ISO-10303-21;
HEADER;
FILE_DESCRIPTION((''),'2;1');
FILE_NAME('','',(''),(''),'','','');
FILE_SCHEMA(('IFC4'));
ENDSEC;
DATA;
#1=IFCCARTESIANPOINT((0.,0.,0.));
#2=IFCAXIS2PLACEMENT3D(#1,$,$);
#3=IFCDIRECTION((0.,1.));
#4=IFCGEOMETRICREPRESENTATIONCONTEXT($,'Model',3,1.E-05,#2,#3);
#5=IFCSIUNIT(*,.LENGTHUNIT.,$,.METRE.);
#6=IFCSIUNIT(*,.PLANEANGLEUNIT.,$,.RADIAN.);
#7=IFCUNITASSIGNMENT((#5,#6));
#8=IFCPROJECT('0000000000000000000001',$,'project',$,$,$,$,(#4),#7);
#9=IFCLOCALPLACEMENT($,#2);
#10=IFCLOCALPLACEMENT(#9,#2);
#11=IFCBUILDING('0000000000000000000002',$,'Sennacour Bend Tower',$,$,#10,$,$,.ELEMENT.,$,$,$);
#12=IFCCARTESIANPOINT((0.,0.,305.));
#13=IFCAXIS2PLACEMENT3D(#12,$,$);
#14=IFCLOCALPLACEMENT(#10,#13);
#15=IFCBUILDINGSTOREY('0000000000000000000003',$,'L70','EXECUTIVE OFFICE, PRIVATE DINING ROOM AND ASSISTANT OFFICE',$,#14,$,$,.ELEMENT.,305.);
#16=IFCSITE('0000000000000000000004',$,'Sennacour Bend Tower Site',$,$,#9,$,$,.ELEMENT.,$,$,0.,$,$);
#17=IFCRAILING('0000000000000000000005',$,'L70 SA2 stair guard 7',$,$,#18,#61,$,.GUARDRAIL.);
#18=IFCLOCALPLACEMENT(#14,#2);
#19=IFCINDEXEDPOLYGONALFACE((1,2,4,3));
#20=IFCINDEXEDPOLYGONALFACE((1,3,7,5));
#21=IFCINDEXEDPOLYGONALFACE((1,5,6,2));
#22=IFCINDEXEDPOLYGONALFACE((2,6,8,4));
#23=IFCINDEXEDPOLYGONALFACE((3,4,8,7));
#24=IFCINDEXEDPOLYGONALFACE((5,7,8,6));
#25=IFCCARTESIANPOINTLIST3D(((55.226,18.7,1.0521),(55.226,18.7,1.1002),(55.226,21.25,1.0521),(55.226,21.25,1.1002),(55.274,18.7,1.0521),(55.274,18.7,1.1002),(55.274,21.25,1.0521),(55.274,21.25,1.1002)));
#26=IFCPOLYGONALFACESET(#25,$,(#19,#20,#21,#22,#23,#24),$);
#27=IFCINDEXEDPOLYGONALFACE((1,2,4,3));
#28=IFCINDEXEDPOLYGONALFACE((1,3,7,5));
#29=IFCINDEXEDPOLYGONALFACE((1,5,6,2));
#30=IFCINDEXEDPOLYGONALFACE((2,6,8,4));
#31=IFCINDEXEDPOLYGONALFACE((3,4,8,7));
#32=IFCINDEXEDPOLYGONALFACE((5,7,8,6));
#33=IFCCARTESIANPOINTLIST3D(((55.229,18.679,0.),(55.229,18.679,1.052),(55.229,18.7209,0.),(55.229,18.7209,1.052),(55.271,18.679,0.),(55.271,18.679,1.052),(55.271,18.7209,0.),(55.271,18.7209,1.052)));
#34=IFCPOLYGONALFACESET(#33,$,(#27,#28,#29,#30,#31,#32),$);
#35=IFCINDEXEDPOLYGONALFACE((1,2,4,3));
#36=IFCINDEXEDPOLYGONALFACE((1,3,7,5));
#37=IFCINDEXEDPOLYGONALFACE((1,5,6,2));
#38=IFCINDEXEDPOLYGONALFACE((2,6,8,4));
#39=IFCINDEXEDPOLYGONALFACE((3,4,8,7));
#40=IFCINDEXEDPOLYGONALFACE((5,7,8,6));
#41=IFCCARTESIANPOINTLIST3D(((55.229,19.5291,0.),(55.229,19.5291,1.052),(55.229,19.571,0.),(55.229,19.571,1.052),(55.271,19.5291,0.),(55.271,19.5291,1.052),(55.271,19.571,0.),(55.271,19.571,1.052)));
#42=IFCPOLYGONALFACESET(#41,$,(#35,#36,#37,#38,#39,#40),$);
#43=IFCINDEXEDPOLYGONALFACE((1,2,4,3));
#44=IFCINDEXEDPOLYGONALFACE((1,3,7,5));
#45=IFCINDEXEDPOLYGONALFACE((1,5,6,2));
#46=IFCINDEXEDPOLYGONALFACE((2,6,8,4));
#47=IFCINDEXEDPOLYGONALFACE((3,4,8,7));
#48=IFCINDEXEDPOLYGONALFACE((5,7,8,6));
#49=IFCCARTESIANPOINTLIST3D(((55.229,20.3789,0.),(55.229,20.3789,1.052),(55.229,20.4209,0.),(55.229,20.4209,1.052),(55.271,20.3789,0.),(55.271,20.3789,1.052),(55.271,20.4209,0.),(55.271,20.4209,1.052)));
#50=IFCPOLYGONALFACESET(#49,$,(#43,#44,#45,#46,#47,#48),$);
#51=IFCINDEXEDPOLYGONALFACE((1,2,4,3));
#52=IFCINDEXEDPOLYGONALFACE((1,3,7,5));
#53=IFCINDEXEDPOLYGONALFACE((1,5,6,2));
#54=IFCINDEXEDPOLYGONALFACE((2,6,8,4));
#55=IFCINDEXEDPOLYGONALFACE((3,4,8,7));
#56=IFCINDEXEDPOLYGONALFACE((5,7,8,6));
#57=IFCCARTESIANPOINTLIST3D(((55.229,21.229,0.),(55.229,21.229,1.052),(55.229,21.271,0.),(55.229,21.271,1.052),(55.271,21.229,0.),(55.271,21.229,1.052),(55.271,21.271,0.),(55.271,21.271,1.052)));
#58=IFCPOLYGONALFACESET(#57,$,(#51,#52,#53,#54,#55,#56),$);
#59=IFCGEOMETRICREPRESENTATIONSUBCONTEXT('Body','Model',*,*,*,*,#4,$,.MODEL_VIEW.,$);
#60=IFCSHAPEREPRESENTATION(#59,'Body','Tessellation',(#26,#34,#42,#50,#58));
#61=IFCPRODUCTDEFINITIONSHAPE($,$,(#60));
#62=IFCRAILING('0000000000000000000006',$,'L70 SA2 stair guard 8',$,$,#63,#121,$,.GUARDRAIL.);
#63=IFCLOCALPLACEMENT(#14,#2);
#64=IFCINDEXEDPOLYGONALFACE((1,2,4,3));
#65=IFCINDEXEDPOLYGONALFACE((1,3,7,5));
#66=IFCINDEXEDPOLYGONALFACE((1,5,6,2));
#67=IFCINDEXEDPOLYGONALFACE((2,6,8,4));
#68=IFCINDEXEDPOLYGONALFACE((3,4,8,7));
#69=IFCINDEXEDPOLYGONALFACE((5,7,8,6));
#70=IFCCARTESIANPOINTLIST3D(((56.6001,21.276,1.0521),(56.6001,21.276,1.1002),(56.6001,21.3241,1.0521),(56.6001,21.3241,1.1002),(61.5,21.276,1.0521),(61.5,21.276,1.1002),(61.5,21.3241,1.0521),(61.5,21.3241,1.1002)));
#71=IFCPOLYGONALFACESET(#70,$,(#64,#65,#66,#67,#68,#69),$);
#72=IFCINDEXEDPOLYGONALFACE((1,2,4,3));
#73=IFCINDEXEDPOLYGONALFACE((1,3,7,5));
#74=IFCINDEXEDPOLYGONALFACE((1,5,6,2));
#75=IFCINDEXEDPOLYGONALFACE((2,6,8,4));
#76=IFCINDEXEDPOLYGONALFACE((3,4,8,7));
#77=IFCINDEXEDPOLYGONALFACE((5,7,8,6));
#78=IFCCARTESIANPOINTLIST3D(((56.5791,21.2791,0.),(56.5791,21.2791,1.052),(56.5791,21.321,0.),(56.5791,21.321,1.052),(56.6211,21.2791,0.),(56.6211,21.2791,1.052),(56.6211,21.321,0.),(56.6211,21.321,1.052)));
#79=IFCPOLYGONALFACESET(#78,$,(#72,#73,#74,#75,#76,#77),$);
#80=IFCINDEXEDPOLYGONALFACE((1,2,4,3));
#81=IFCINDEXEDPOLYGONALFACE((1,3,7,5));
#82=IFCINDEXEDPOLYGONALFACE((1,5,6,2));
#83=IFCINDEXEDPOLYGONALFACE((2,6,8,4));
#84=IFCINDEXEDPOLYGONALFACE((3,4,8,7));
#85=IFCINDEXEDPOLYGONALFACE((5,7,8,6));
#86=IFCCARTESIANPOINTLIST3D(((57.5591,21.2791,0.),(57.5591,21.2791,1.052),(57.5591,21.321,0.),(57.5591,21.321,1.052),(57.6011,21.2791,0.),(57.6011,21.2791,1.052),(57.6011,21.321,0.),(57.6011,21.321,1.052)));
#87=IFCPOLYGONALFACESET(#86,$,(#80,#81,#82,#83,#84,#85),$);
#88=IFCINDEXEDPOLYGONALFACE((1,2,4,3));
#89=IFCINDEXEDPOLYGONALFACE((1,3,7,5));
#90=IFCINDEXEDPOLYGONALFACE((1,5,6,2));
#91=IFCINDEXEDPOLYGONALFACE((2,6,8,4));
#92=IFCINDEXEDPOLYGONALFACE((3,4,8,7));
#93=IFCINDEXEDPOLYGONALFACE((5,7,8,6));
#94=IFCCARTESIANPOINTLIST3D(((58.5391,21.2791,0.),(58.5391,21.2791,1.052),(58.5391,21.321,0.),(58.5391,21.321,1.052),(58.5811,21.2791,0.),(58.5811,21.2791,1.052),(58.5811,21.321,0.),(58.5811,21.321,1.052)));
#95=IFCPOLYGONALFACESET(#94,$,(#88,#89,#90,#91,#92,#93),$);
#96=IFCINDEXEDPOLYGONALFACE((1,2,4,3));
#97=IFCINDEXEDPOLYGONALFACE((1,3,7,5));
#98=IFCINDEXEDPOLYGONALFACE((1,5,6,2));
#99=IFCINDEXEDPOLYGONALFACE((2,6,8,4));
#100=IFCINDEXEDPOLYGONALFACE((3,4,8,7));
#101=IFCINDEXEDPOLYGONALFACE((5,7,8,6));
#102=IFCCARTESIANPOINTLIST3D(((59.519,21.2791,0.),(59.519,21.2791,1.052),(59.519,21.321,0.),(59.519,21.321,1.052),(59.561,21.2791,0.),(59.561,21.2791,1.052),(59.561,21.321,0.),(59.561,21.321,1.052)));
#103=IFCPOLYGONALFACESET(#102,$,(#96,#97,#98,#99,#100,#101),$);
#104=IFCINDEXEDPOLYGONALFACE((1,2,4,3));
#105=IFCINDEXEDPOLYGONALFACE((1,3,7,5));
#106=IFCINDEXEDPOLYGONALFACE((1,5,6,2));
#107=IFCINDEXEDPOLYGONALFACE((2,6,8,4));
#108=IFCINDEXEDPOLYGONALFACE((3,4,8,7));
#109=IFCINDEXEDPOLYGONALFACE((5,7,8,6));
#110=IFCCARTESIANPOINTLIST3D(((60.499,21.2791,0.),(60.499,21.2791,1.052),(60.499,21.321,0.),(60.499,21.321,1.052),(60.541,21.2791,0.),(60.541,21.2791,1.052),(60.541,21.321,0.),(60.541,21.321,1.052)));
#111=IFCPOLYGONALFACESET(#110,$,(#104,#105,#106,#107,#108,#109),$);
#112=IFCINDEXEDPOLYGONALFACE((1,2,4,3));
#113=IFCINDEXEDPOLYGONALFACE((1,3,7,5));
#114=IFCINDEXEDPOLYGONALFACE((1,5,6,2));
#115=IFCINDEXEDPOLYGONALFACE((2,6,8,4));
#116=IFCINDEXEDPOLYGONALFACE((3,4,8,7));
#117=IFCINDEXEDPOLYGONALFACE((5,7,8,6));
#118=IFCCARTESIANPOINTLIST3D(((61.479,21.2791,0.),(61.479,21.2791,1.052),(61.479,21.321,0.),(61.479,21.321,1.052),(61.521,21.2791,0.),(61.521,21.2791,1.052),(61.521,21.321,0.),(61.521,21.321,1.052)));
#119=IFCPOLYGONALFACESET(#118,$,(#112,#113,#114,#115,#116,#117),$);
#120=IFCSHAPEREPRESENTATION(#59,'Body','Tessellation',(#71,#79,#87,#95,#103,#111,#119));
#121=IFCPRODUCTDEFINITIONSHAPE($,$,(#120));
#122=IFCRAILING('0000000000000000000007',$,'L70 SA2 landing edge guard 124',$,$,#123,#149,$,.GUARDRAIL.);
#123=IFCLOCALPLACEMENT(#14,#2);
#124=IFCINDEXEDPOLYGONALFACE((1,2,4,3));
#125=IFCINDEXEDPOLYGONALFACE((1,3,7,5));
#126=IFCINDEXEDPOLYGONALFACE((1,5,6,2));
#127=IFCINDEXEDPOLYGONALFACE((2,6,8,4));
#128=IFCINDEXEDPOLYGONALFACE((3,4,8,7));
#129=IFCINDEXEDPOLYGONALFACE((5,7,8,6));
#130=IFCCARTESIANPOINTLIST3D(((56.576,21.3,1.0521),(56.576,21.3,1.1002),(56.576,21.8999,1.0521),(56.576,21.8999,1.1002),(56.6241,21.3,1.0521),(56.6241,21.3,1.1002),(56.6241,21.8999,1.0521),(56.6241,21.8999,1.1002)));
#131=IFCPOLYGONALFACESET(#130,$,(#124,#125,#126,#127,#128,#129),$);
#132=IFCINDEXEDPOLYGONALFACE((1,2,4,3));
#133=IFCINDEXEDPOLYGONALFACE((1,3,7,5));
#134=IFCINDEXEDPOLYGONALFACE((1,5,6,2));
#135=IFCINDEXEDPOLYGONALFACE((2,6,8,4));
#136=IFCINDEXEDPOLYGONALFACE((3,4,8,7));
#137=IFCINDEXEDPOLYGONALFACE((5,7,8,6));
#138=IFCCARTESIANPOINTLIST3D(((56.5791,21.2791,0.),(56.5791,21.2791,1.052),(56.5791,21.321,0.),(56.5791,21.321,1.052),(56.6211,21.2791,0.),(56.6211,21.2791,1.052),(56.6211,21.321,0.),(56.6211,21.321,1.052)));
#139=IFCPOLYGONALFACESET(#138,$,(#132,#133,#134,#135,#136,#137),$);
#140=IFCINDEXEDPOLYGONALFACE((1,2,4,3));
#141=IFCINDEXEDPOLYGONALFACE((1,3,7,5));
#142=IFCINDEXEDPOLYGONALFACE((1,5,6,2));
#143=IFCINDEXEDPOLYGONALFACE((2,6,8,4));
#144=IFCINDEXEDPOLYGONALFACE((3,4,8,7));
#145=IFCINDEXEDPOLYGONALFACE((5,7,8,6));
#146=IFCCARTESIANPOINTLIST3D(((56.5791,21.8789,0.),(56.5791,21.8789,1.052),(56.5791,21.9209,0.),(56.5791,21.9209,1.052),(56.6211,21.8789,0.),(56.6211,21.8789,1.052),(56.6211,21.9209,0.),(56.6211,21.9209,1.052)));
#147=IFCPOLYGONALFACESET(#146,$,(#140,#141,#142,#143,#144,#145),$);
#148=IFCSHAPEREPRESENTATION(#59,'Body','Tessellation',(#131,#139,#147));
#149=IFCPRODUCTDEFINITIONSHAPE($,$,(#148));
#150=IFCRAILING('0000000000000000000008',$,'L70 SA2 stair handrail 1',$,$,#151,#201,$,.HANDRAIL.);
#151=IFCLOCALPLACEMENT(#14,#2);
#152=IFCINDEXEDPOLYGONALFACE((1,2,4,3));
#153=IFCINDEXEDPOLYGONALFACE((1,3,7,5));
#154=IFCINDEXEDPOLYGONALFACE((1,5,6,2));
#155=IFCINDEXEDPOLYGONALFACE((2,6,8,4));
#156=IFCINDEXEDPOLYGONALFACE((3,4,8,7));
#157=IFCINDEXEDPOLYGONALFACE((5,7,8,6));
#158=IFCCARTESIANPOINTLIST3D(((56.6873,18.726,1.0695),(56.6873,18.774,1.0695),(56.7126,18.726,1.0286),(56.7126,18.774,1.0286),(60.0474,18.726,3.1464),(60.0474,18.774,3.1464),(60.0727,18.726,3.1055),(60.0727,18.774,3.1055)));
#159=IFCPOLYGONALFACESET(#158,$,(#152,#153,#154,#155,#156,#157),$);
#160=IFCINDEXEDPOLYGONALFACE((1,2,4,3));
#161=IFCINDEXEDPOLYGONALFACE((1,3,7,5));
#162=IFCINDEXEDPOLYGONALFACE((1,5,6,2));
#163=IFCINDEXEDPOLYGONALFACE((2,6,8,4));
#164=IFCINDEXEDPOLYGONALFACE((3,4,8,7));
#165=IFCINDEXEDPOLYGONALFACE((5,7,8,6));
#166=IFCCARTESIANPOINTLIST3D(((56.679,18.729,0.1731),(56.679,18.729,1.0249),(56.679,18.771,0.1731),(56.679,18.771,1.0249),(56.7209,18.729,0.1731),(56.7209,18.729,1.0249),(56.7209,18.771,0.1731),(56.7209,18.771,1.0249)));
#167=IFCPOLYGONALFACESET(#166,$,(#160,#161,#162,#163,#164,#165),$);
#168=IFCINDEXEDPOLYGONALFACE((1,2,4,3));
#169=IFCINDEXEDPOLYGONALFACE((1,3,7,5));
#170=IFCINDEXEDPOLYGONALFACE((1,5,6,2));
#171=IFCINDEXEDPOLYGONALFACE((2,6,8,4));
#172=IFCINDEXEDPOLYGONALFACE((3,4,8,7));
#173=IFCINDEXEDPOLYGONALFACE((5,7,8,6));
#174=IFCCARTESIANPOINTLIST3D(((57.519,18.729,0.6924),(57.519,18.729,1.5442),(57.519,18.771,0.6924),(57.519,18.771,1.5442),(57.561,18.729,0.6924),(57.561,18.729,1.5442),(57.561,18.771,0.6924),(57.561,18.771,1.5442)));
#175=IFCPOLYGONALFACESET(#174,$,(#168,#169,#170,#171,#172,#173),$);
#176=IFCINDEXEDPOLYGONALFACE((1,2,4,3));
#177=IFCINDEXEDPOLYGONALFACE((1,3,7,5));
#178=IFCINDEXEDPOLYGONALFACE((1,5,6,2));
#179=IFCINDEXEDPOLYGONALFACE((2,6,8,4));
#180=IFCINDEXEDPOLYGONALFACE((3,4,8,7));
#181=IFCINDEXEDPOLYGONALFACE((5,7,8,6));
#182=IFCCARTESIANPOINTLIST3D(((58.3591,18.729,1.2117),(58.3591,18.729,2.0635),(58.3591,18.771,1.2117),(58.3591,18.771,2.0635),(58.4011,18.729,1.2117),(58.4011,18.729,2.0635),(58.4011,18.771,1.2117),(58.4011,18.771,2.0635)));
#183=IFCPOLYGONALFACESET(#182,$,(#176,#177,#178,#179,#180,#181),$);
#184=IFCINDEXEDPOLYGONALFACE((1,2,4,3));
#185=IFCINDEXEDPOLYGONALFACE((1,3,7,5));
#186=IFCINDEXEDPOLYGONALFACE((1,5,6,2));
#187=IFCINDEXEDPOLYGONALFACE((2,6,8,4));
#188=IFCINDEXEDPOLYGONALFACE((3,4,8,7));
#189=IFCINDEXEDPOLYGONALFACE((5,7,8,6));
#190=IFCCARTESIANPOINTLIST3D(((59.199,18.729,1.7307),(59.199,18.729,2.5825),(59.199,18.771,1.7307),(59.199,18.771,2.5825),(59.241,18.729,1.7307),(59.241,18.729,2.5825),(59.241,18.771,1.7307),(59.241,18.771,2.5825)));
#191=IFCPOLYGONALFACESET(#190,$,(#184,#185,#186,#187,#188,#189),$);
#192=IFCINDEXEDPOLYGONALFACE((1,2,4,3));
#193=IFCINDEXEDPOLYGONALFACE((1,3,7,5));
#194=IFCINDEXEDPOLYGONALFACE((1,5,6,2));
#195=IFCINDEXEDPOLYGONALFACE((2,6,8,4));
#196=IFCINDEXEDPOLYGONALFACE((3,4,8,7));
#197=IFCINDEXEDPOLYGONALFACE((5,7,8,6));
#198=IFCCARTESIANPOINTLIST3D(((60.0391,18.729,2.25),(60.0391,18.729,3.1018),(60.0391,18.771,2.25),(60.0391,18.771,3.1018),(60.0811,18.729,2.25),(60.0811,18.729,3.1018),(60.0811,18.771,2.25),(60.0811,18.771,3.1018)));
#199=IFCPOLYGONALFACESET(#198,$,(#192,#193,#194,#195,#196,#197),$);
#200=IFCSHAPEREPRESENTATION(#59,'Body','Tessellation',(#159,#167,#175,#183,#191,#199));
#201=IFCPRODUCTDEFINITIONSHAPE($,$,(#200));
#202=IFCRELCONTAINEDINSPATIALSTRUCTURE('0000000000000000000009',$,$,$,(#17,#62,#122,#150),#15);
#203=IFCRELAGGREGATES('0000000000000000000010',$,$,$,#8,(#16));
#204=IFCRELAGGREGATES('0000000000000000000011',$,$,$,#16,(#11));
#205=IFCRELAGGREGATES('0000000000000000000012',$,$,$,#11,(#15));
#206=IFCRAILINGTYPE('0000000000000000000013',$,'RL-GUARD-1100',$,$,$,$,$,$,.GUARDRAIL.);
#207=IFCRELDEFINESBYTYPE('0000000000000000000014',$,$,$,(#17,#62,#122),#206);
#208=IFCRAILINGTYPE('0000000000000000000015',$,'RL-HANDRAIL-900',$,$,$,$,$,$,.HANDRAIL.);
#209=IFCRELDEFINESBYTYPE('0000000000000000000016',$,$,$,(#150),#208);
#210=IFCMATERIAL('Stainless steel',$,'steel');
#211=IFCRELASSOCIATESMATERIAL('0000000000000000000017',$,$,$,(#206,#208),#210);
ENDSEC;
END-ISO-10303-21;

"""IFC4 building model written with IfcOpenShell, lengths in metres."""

from ifc_helpers import new_model, si_unit, direction, frame, origin, origin_2d, place, context, subcontext, project, spatial, rectangle, extrude, material, type_object, element, save


model = new_model("IFC4")

# Units and contexts
model_context = context("Model", 3, precision=1e-05, world=origin(), true_north=direction((0.0, 1.0)))
body_context = subcontext(model_context, "Body", "Model", "MODEL_VIEW")
ifc_project = project(units=[si_unit("LENGTHUNIT", "METRE"), si_unit("PLANEANGLEUNIT", "RADIAN")], contexts=[model_context])

# Site, building, storey
site_placement = place(None, origin())
site = spatial("IfcSite", under=ifc_project, at=site_placement, Name="Sennacour Bend Tower Site", CompositionType="ELEMENT", RefElevation=0.0)
building_placement = place(site_placement, origin())
building = spatial("IfcBuilding", under=site, at=building_placement, Name="Sennacour Bend Tower", CompositionType="ELEMENT")
storey_placement = place(building_placement, frame((0.0, 0.0, 305.0)))
storey = spatial("IfcBuildingStorey", under=building, at=storey_placement, Name="L70", Description="EXECUTIVE OFFICE, PRIVATE DINING ROOM AND ASSISTANT OFFICE", CompositionType="ELEMENT", Elevation=305.0)

# Shared definitions
ifc_material_1 = material(Name="Stainless steel", Category="steel")

# Railings
railing_type_1 = type_object("IfcRailingType", Name="RL-GUARD-1100", PredefinedType="GUARDRAIL", material=ifc_material_1)
railing_1_placement = place(storey_placement, frame((55.25, 18.7, 0.0)))
element("IfcRailing", 1, at=railing_1_placement, inside=storey, type_object=railing_type_1, Name="L70 SA2 stair guard 7", PredefinedType="GUARDRAIL", context=body_context, shape_type="SweptSolid", body=[
    extrude(rectangle(XDim=0.0481, YDim=0.0481, at=origin_2d()), frame((0.0, 0.0, 1.0762), z_axis=(0.0, 1.0, 0.0), x_axis=(-1.0, 0.0, 0.0)), (0.0, 0.0, 1.0), 2.55),
    extrude(rectangle(XDim=0.042, YDim=0.042, at=origin_2d()), origin(), (0.0, 0.0, 1.0), 1.052),
    extrude(rectangle(XDim=0.042, YDim=0.042, at=origin_2d()), frame((0.0, 0.8501, 0.0)), (0.0, 0.0, 1.0), 1.052),
    extrude(rectangle(XDim=0.042, YDim=0.042, at=origin_2d()), frame((0.0, 1.7, 0.0)), (0.0, 0.0, 1.0), 1.052),
    extrude(rectangle(XDim=0.042, YDim=0.042, at=origin_2d()), frame((0.0, 2.55, 0.0)), (0.0, 0.0, 1.0), 1.052),
])
railing_2_placement = place(storey_placement, frame((56.6001, 21.3, 0.0)))
element("IfcRailing", 2, at=railing_2_placement, inside=storey, type_object=railing_type_1, Name="L70 SA2 stair guard 8", PredefinedType="GUARDRAIL", context=body_context, shape_type="SweptSolid", body=[
    extrude(rectangle(XDim=0.0481, YDim=0.0481, at=origin_2d()), frame((0.0, 0.0, 1.0762), z_axis=(1.0, 0.0, 0.0), x_axis=(0.0, 1.0, 0.0)), (0.0, 0.0, 1.0), 4.8999),
    extrude(rectangle(XDim=0.042, YDim=0.042, at=origin_2d()), origin(), (0.0, 0.0, 1.0), 1.052),
    extrude(rectangle(XDim=0.042, YDim=0.042, at=origin_2d()), frame((0.98, 0.0, 0.0)), (0.0, 0.0, 1.0), 1.052),
    extrude(rectangle(XDim=0.042, YDim=0.042, at=origin_2d()), frame((1.96, 0.0, 0.0)), (0.0, 0.0, 1.0), 1.052),
    extrude(rectangle(XDim=0.042, YDim=0.042, at=origin_2d()), frame((2.9399, 0.0, 0.0)), (0.0, 0.0, 1.0), 1.052),
    extrude(rectangle(XDim=0.042, YDim=0.042, at=origin_2d()), frame((3.9199, 0.0, 0.0)), (0.0, 0.0, 1.0), 1.052),
    extrude(rectangle(XDim=0.042, YDim=0.042, at=origin_2d()), frame((4.8999, 0.0, 0.0)), (0.0, 0.0, 1.0), 1.052),
])
railing_3_placement = place(storey_placement, frame((56.6001, 21.3, 0.0)))
element("IfcRailing", 3, at=railing_3_placement, inside=storey, type_object=railing_type_1, Name="L70 SA2 landing edge guard 124", PredefinedType="GUARDRAIL", context=body_context, shape_type="SweptSolid", body=[
    extrude(rectangle(XDim=0.0481, YDim=0.0481, at=origin_2d()), frame((0.0, 0.0, 1.0762), z_axis=(0.0, 1.0, 0.0), x_axis=(-1.0, 0.0, 0.0)), (0.0, 0.0, 1.0), 0.5999),
    extrude(rectangle(XDim=0.042, YDim=0.042, at=origin_2d()), origin(), (0.0, 0.0, 1.0), 1.052),
    extrude(rectangle(XDim=0.042, YDim=0.042, at=origin_2d()), frame((0.0, 0.5999, 0.0)), (0.0, 0.0, 1.0), 1.052),
])
railing_type_2 = type_object("IfcRailingType", Name="RL-HANDRAIL-900", PredefinedType="HANDRAIL", material=ifc_material_1)
railing_4_placement = place(storey_placement, frame((56.7, 18.75, 0.1731)))
element("IfcRailing", 4, at=railing_4_placement, inside=storey, type_object=railing_type_2, Name="L70 SA2 stair handrail 1", PredefinedType="HANDRAIL", context=body_context, shape_type="SweptSolid", body=[
    extrude(rectangle(XDim=0.0481, YDim=0.0481, at=origin_2d()), frame((0.0, 0.0, 0.876), z_axis=(0.850623, 0.0, 0.525776), x_axis=(0.0, 1.0, 0.0)), (0.0, 0.0, 1.0), 3.9502),
    extrude(rectangle(XDim=0.042, YDim=0.042, at=origin_2d()), origin(), (0.0, 0.0, 1.0), 0.8518),
    extrude(rectangle(XDim=0.042, YDim=0.042, at=origin_2d()), frame((0.8401, 0.0, 0.5193)), (0.0, 0.0, 1.0), 0.8518),
    extrude(rectangle(XDim=0.042, YDim=0.042, at=origin_2d()), frame((1.6802, 0.0, 1.0386)), (0.0, 0.0, 1.0), 0.8518),
    extrude(rectangle(XDim=0.042, YDim=0.042, at=origin_2d()), frame((2.52, 0.0, 1.5576)), (0.0, 0.0, 1.0), 0.8518),
    extrude(rectangle(XDim=0.042, YDim=0.042, at=origin_2d()), frame((3.3601, 0.0, 2.0769)), (0.0, 0.0, 1.0), 0.8518),
])

save(model, "model.ifc")
